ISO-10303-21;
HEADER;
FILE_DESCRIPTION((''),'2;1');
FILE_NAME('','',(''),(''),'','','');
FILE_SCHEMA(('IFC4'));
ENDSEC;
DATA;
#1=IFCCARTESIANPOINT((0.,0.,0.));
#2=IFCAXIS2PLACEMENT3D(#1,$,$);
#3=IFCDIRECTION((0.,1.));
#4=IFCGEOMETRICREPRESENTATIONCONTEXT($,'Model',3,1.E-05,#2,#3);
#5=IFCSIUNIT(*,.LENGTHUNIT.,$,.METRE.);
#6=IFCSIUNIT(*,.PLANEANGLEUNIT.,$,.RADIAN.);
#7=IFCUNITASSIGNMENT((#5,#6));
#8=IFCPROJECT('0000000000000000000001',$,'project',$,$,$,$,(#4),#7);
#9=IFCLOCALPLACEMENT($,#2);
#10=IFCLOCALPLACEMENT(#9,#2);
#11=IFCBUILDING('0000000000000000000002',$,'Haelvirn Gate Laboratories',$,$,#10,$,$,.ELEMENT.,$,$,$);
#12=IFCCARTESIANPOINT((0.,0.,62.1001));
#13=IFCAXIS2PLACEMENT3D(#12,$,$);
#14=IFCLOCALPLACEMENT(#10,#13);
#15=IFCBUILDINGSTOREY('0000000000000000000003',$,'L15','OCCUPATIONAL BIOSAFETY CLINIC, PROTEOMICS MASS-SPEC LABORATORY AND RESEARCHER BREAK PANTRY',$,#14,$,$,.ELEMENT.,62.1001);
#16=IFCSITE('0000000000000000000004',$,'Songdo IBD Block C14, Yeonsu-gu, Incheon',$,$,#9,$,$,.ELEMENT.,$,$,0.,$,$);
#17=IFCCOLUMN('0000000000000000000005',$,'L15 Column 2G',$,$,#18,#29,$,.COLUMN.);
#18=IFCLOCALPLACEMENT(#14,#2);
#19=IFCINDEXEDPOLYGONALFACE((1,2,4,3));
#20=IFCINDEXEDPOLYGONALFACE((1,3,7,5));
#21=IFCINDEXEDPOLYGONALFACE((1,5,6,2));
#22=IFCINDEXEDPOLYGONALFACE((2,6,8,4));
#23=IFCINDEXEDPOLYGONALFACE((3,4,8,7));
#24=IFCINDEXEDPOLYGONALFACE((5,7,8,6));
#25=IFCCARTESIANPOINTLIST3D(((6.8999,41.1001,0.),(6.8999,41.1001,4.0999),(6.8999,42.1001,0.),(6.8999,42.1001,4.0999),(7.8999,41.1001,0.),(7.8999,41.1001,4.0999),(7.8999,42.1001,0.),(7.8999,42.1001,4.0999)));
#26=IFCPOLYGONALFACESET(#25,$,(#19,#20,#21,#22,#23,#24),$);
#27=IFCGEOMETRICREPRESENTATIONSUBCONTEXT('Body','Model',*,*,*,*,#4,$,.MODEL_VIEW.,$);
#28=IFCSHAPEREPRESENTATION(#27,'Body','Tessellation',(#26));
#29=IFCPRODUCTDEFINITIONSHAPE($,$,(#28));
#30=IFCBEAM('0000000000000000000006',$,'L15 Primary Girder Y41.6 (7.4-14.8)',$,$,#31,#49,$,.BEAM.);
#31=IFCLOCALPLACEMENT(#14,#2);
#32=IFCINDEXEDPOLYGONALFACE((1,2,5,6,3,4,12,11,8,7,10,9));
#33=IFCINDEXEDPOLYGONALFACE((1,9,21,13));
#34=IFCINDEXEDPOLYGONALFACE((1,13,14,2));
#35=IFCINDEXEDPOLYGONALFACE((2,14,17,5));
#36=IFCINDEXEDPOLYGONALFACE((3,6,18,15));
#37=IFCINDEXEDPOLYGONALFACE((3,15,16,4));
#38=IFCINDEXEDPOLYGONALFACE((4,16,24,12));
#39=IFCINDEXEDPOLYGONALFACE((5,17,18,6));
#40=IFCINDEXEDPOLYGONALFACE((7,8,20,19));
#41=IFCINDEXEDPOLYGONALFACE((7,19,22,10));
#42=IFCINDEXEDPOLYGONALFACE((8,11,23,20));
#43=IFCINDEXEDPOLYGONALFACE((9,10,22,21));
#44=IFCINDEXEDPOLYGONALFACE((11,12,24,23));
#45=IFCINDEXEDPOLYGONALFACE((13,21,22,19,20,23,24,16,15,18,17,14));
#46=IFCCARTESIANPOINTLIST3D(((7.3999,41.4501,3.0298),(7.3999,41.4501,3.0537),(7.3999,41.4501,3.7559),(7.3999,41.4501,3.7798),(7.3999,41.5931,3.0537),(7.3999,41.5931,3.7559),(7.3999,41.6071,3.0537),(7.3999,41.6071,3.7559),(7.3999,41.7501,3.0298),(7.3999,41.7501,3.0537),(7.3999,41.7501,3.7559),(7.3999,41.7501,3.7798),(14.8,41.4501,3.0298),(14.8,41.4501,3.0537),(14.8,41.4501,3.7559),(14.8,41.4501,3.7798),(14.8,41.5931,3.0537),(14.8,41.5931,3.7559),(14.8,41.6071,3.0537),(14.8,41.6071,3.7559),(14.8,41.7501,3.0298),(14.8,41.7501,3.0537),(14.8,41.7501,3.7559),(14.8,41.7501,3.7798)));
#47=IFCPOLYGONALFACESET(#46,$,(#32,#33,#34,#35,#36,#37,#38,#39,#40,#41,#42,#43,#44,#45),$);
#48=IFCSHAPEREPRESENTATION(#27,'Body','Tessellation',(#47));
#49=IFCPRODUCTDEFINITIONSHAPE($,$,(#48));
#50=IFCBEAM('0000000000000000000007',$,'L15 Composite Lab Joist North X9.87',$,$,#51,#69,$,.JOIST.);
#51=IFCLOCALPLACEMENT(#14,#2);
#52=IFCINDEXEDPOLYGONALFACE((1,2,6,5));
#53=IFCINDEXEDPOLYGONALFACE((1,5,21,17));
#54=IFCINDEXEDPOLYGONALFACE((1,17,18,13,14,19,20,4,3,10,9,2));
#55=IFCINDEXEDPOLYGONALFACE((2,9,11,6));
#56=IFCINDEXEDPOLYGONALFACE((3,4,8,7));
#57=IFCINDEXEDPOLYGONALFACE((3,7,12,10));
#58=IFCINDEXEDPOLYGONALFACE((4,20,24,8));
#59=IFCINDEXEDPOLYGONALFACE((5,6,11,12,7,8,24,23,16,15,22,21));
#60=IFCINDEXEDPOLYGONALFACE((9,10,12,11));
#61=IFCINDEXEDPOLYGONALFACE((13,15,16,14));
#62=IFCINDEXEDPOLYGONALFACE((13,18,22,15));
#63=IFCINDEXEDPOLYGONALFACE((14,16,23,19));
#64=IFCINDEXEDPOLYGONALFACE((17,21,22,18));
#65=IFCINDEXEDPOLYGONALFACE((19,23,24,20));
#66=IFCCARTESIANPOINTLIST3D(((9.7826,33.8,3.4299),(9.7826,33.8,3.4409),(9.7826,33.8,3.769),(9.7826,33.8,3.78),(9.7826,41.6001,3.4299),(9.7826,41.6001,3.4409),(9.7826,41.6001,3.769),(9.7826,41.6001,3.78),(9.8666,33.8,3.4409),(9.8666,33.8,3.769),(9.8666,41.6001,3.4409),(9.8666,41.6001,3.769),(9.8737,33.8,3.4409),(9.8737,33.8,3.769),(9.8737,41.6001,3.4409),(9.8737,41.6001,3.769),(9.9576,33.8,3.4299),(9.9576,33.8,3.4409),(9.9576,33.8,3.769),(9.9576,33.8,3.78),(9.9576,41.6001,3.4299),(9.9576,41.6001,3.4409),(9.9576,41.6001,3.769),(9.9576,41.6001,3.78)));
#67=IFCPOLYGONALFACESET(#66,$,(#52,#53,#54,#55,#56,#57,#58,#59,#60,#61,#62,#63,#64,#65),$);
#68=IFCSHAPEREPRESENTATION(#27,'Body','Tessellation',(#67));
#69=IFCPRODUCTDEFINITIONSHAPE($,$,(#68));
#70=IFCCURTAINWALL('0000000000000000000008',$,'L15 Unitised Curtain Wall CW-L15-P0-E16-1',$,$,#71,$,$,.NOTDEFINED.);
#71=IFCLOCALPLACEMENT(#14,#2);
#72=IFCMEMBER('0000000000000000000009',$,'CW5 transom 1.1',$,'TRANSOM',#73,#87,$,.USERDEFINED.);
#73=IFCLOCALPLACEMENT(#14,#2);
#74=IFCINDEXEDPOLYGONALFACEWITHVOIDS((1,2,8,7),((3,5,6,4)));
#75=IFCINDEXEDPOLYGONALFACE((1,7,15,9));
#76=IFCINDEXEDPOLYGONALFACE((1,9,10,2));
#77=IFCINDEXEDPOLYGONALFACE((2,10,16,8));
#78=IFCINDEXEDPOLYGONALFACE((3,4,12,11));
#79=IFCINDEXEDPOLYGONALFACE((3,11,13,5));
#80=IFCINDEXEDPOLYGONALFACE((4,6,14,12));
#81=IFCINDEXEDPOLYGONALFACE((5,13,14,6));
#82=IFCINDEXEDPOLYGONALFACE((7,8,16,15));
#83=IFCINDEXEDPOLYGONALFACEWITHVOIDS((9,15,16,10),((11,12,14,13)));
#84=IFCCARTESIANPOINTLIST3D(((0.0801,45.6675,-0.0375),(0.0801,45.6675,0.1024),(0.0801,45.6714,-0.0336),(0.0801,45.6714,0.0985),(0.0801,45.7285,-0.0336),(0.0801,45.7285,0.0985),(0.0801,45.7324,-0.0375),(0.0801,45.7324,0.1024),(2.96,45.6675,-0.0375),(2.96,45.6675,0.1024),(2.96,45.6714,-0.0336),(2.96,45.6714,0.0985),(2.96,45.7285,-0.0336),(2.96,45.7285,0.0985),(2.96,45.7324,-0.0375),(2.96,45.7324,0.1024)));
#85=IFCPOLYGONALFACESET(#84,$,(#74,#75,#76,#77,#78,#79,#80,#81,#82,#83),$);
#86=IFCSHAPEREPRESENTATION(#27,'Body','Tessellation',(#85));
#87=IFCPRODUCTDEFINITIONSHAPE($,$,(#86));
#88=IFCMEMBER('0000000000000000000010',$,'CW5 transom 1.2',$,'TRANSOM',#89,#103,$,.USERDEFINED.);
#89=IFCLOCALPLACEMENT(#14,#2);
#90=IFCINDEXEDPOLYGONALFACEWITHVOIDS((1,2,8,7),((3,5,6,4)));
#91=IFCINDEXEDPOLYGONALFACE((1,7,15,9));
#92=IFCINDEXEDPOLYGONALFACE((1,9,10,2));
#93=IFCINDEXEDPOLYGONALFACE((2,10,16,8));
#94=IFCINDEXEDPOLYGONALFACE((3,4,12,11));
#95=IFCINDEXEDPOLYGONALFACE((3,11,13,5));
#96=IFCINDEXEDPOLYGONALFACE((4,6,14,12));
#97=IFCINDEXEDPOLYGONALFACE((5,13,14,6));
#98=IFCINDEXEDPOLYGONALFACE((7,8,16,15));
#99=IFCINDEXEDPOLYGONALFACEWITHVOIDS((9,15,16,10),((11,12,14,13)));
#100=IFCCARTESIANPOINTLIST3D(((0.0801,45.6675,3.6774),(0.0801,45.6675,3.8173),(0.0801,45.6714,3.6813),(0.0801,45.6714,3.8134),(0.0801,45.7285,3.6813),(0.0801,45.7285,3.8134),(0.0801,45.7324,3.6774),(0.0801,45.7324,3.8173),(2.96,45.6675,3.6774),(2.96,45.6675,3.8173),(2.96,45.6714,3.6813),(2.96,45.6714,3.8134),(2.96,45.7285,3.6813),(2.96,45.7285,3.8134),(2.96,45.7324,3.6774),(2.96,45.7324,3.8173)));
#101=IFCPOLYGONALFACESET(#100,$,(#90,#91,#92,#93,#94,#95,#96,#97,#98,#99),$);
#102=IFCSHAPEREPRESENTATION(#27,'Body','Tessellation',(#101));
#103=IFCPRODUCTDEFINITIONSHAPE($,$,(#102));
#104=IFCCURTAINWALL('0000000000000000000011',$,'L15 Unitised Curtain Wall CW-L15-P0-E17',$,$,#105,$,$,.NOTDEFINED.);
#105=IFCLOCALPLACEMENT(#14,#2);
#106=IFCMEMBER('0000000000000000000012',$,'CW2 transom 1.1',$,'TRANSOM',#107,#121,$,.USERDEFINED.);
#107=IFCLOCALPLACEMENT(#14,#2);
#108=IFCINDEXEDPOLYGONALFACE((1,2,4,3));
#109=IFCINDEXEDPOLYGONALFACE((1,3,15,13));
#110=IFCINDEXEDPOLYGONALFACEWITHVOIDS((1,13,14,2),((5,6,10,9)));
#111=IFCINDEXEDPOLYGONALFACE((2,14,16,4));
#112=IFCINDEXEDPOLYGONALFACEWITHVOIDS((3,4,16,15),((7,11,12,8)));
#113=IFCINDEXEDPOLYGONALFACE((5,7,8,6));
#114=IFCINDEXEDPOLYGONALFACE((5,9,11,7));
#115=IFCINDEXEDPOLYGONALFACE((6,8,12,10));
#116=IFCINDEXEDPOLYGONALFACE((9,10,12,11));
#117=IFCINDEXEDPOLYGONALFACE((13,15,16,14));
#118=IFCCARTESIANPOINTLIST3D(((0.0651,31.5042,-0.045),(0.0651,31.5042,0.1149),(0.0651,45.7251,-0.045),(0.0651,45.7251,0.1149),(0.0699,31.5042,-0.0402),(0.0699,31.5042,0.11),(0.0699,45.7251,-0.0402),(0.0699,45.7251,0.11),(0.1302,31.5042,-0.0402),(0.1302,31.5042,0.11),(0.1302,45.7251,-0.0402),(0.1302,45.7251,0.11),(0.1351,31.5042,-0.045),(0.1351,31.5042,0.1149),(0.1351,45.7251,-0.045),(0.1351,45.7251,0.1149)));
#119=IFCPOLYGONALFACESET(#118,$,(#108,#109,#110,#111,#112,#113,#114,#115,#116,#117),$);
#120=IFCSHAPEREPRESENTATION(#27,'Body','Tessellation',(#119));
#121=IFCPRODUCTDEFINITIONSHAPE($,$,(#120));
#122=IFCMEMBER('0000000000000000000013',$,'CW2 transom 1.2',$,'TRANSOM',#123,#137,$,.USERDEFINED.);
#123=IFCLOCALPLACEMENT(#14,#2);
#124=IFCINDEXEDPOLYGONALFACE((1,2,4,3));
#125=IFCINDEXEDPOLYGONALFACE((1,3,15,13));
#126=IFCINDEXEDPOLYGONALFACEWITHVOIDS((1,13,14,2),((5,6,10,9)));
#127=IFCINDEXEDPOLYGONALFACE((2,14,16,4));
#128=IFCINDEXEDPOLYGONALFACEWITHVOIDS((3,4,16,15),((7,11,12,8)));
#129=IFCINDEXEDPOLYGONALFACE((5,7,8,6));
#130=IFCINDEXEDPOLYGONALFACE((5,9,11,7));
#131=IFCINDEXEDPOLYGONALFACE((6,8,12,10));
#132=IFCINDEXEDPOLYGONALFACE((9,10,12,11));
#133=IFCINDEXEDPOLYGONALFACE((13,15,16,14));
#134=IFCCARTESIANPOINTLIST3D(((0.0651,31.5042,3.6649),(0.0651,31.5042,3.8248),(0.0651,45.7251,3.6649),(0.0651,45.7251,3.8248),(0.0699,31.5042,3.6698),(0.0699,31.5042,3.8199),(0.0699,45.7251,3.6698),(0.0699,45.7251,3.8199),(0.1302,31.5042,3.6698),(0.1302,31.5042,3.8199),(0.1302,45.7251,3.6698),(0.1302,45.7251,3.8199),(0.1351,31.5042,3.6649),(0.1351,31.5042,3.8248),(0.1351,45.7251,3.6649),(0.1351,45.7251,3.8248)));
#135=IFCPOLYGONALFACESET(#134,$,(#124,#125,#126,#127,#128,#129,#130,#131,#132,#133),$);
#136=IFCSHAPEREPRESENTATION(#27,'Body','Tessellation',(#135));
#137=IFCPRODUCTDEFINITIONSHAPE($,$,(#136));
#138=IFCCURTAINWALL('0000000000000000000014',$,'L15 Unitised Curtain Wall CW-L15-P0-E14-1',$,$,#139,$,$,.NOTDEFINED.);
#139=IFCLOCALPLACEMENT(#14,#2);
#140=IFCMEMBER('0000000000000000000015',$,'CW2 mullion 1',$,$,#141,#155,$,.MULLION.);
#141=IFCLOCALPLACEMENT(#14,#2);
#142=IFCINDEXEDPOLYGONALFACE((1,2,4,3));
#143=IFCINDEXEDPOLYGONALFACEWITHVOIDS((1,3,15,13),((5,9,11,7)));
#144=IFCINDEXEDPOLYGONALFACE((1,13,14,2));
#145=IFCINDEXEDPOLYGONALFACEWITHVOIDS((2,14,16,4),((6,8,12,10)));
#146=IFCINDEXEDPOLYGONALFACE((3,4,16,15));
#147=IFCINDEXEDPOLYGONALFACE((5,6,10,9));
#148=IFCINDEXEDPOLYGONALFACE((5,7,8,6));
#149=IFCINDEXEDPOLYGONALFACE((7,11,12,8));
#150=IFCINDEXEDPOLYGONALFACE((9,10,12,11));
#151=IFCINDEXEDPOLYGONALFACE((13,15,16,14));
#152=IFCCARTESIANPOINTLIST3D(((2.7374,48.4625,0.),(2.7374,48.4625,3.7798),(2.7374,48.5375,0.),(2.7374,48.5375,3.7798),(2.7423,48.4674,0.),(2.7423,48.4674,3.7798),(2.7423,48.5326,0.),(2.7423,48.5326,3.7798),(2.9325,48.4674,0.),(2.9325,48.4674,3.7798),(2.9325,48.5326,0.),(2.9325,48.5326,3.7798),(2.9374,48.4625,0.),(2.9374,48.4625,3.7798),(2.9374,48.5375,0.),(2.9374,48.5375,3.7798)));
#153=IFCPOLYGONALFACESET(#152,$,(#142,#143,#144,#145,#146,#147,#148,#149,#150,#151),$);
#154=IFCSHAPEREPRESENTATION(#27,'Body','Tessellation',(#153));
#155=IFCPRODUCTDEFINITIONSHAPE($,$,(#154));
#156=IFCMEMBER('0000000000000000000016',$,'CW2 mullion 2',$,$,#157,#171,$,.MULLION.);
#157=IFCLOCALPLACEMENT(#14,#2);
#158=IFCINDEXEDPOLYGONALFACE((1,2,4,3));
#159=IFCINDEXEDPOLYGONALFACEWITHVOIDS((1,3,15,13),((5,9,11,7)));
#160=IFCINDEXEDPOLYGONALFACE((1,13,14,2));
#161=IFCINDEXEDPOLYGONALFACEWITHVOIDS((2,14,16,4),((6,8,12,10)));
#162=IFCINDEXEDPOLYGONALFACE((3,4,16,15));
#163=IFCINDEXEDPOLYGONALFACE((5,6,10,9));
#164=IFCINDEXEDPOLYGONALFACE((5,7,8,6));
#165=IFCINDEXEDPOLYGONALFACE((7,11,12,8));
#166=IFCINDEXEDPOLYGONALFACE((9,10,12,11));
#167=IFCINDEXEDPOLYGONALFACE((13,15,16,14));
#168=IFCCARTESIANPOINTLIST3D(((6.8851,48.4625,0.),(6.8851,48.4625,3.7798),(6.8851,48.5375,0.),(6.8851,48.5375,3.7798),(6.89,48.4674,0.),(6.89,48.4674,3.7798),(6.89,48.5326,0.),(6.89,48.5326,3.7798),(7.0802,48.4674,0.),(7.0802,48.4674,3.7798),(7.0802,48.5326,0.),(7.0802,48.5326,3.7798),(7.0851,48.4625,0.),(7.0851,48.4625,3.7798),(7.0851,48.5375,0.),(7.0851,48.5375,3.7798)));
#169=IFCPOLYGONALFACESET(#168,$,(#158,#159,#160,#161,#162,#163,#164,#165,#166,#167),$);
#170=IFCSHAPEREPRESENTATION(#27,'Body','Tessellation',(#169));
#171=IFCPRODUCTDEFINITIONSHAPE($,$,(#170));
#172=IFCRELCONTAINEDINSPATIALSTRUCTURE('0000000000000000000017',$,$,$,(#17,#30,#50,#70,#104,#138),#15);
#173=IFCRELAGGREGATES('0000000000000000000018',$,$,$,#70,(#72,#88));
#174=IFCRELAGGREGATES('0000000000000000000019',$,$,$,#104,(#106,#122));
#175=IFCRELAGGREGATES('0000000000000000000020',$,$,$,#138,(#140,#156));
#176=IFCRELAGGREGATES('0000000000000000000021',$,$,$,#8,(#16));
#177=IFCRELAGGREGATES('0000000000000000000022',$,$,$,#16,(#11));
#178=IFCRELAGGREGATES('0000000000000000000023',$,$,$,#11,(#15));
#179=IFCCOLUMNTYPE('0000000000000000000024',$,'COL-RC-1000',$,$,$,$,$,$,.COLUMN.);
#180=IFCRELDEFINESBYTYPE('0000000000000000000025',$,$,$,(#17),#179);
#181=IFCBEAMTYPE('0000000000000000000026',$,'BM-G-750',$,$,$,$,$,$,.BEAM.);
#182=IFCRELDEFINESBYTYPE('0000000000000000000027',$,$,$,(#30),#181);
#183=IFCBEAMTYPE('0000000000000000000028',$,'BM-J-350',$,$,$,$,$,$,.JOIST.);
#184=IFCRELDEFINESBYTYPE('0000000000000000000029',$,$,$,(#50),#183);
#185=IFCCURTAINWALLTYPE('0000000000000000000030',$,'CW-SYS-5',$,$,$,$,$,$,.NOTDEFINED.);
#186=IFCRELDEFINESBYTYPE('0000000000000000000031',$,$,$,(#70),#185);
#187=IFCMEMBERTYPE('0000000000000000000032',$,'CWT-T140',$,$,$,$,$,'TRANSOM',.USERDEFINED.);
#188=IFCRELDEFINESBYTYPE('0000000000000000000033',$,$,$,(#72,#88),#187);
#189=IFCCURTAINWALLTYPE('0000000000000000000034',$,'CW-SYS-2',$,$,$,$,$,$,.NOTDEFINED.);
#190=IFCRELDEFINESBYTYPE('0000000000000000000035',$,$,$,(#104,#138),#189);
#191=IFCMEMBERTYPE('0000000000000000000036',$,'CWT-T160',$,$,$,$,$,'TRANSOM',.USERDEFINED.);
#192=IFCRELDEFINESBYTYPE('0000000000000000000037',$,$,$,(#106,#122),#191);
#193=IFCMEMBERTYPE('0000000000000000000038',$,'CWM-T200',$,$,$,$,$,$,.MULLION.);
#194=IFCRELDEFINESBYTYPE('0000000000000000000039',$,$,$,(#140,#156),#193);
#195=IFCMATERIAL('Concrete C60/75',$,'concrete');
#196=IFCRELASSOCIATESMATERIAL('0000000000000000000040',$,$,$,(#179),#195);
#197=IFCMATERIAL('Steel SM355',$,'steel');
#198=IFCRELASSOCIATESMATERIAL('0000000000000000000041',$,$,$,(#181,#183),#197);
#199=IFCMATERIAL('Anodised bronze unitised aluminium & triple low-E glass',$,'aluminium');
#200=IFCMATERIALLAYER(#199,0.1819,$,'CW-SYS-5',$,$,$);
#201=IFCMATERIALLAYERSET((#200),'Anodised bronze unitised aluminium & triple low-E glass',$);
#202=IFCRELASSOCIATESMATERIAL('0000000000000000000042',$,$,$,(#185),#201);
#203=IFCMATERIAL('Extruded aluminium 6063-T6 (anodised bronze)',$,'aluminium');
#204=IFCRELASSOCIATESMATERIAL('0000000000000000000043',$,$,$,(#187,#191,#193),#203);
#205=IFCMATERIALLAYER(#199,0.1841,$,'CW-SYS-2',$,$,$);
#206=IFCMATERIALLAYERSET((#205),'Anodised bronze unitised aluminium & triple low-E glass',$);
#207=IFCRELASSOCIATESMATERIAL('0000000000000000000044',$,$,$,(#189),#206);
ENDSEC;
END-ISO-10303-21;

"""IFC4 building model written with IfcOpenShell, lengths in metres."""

from ifc_helpers import new_model, si_unit, direction, frame, origin, origin_2d, place, context, subcontext, project, spatial, rectangle, hollow_rectangle, i_section, extrude, source, transform, mapped, material, layer, layer_set, material_profile, profile_set, type_object, type_shapes, element, aggregate, save


model = new_model("IFC4")

# Units and contexts
model_context = context("Model", 3, precision=1e-05, world=origin(), true_north=direction((0.0, 1.0)))
body_context = subcontext(model_context, "Body", "Model", "MODEL_VIEW")
ifc_project = project(units=[si_unit("LENGTHUNIT", "METRE"), si_unit("PLANEANGLEUNIT", "RADIAN")], contexts=[model_context])

# Site, building, storey
site_placement = place(None, origin())
site = spatial("IfcSite", under=ifc_project, at=site_placement, Name="Songdo IBD Block C14, Yeonsu-gu, Incheon", CompositionType="ELEMENT", RefElevation=0.0)
building_placement = place(site_placement, origin())
building = spatial("IfcBuilding", under=site, at=building_placement, Name="Haelvirn Gate Laboratories", CompositionType="ELEMENT")
storey_placement = place(building_placement, frame((0.0, 0.0, 62.1001)))
storey = spatial("IfcBuildingStorey", under=building, at=storey_placement, Name="L15", Description="OCCUPATIONAL BIOSAFETY CLINIC, PROTEOMICS MASS-SPEC LABORATORY AND RESEARCHER BREAK PANTRY", CompositionType="ELEMENT", Elevation=62.1001)

# Column
ifc_material_1 = material(Name="Concrete C60/75", Category="concrete")
ifc_material_profile_1 = material_profile(ifc_material_1, rectangle(XDim=1.0, YDim=1.0, at=origin_2d()), Name="RC-1000x1000")
ifc_profile_set_1 = profile_set([ifc_material_profile_1], Name="Concrete C60/75")
column_type = type_object("IfcColumnType", Name="COL-RC-1000", PredefinedType="COLUMN", material=ifc_profile_set_1)
shared_shape_1 = source(origin(), body_context, "Body", "SweptSolid", [
    extrude(rectangle(XDim=1.0, YDim=1.0, at=origin_2d()), origin(), (0.0, 0.0, 1.0), 4.0999),
])
type_shapes(column_type, [shared_shape_1])
column_placement = place(storey_placement, frame((7.3999, 41.6001, 0.0), z_axis=(0.0, 0.0, 1.0), x_axis=(1.0, 0.0, 0.0)))
element("IfcColumn", 1, at=column_placement, inside=storey, type_object=column_type, Name="L15 Column 2G", PredefinedType="COLUMN", context=body_context, shape_type="MappedRepresentation", body=[
    mapped(shared_shape_1, transform((0.0, 0.0, 0.0), scale=1.0)),
])

# Beams
ifc_material_2 = material(Name="Steel SM355", Category="steel")
ifc_material_profile_2 = material_profile(ifc_material_2, i_section(OverallWidth=0.3, OverallDepth=0.75, WebThickness=0.0139, FlangeThickness=0.0239, at=origin_2d()), Name="H-750x300x14x24")
ifc_profile_set_2 = profile_set([ifc_material_profile_2], Name="Steel SM355")
beam_type_1 = type_object("IfcBeamType", Name="BM-G-750", PredefinedType="BEAM", material=ifc_profile_set_2)
shared_shape_2 = source(origin(), body_context, "Body", "SweptSolid", [
    extrude(i_section(OverallWidth=0.3, OverallDepth=0.75, WebThickness=0.0139, FlangeThickness=0.0239, at=origin_2d()), origin(), (0.0, 0.0, 1.0), 7.4001),
])
type_shapes(beam_type_1, [shared_shape_2])
beam_1_placement = place(storey_placement, frame((7.3999, 41.6001, 3.4048), z_axis=(1.0, 0.0, 0.0), x_axis=(0.0, 1.0, 0.0)))
element("IfcBeam", 2, at=beam_1_placement, inside=storey, type_object=beam_type_1, Name="L15 Primary Girder Y41.6 (7.4-14.8)", PredefinedType="BEAM", context=body_context, shape_type="MappedRepresentation", body=[
    mapped(shared_shape_2, transform((0.0, 0.0, 0.0), scale=1.0)),
])
ifc_material_profile_3 = material_profile(ifc_material_2, i_section(OverallWidth=0.175, OverallDepth=0.3501, WebThickness=0.0071, FlangeThickness=0.011, at=origin_2d()), Name="H-350x175x7x11")
ifc_profile_set_3 = profile_set([ifc_material_profile_3], Name="Steel SM355")
beam_type_2 = type_object("IfcBeamType", Name="BM-J-350", PredefinedType="JOIST", material=ifc_profile_set_3)
shared_shape_3 = source(origin(), body_context, "Body", "SweptSolid", [
    extrude(i_section(OverallWidth=0.175, OverallDepth=0.3501, WebThickness=0.0071, FlangeThickness=0.011, at=origin_2d()), origin(), (0.0, 0.0, 1.0), 7.8),
])
type_shapes(beam_type_2, [shared_shape_3])
beam_2_placement = place(storey_placement, frame((9.8701, 33.8, 3.605), z_axis=(0.0, 1.0, 0.0), x_axis=(-1.0, 0.0, 0.0)))
element("IfcBeam", 3, at=beam_2_placement, inside=storey, type_object=beam_type_2, Name="L15 Composite Lab Joist North X9.87", PredefinedType="JOIST", context=body_context, shape_type="MappedRepresentation", body=[
    mapped(shared_shape_3, transform((0.0, 0.0, 0.0), scale=1.0)),
])

# Curtain walls, members
ifc_material_3 = material(Name="Anodised bronze unitised aluminium & triple low-E glass", Category="aluminium")
ifc_layer_1 = layer(ifc_material_3, 0.1819, Name="CW-SYS-5")
ifc_layer_set_1 = layer_set([ifc_layer_1], Name="Anodised bronze unitised aluminium & triple low-E glass")
curtain_wall_type_1 = type_object("IfcCurtainWallType", Name="CW-SYS-5", PredefinedType="NOTDEFINED", material=ifc_layer_set_1)
curtain_wall_1_placement = place(storey_placement, origin())
curtain_wall_1 = element("IfcCurtainWall", 4, at=curtain_wall_1_placement, inside=storey, type_object=curtain_wall_type_1, Name="L15 Unitised Curtain Wall CW-L15-P0-E16-1", PredefinedType="NOTDEFINED")
ifc_material_4 = material(Name="Extruded aluminium 6063-T6 (anodised bronze)", Category="aluminium")
ifc_material_profile_4 = material_profile(ifc_material_4, hollow_rectangle(XDim=0.0649, YDim=0.1399, WallThickness=0.0039, at=origin_2d()), Name="CWT-140x65x4")
ifc_profile_set_4 = profile_set([ifc_material_profile_4], Name="Extruded aluminium 6063-T6 (anodised bronze)")
member_type_1 = type_object("IfcMemberType", Name="CWT-T140", ElementType="TRANSOM", PredefinedType="USERDEFINED", material=ifc_profile_set_4)
shared_shape_4 = source(origin(), body_context, "Body", "SweptSolid", [
    extrude(hollow_rectangle(XDim=0.0649, YDim=0.1399, WallThickness=0.0039, at=origin_2d()), origin(), (0.0, 0.0, 1.0), 2.8799),
])
type_shapes(member_type_1, [shared_shape_4])
member_1_placement = place(storey_placement, frame((0.0801, 45.7, 0.0325), z_axis=(1.0, 0.0, 0.0), x_axis=(0.0, 1.0, 0.0)))
member_1 = element("IfcMember", 5, at=member_1_placement, type_object=member_type_1, Name="CW5 transom 1.1", ObjectType="TRANSOM", PredefinedType="USERDEFINED", context=body_context, shape_type="MappedRepresentation", body=[
    mapped(shared_shape_4, transform((0.0, 0.0, 0.0), scale=1.0)),
])
member_2_placement = place(storey_placement, frame((0.0801, 45.7, 3.7473), z_axis=(1.0, 0.0, 0.0), x_axis=(0.0, 1.0, 0.0)))
member_2 = element("IfcMember", 6, at=member_2_placement, type_object=member_type_1, Name="CW5 transom 1.2", ObjectType="TRANSOM", PredefinedType="USERDEFINED", context=body_context, shape_type="MappedRepresentation", body=[
    mapped(shared_shape_4, transform((0.0, 0.0, 0.0), scale=1.0)),
])
ifc_layer_2 = layer(ifc_material_3, 0.1841, Name="CW-SYS-2")
ifc_layer_set_2 = layer_set([ifc_layer_2], Name="Anodised bronze unitised aluminium & triple low-E glass")
curtain_wall_type_2 = type_object("IfcCurtainWallType", Name="CW-SYS-2", PredefinedType="NOTDEFINED", material=ifc_layer_set_2)
curtain_wall_2_placement = place(storey_placement, origin())
curtain_wall_2 = element("IfcCurtainWall", 7, at=curtain_wall_2_placement, inside=storey, type_object=curtain_wall_type_2, Name="L15 Unitised Curtain Wall CW-L15-P0-E17", PredefinedType="NOTDEFINED")
ifc_material_profile_5 = material_profile(ifc_material_4, hollow_rectangle(XDim=0.0701, YDim=0.1599, WallThickness=0.0049, at=origin_2d()), Name="CWT-160x70x5")
ifc_profile_set_5 = profile_set([ifc_material_profile_5], Name="Extruded aluminium 6063-T6 (anodised bronze)")
member_type_2 = type_object("IfcMemberType", Name="CWT-T160", ElementType="TRANSOM", PredefinedType="USERDEFINED", material=ifc_profile_set_5)
shared_shape_5 = source(origin(), body_context, "Body", "SweptSolid", [
    extrude(hollow_rectangle(XDim=0.0701, YDim=0.1599, WallThickness=0.0049, at=origin_2d()), origin(), (0.0, 0.0, 1.0), 14.2209),
])
member_3_placement = place(storey_placement, frame((0.1001, 45.7251, 0.0349), z_axis=(0.0, -1.0, 0.0), x_axis=(1.0, 0.0, 0.0)))
member_3 = element("IfcMember", 8, at=member_3_placement, type_object=member_type_2, Name="CW2 transom 1.1", ObjectType="TRANSOM", PredefinedType="USERDEFINED", context=body_context, shape_type="MappedRepresentation", body=[
    mapped(shared_shape_5, transform((0.0, 0.0, 0.0), scale=1.0)),
])
member_4_placement = place(storey_placement, frame((0.1001, 45.7251, 3.7449), z_axis=(0.0, -1.0, 0.0), x_axis=(1.0, 0.0, 0.0)))
member_4 = element("IfcMember", 9, at=member_4_placement, type_object=member_type_2, Name="CW2 transom 1.2", ObjectType="TRANSOM", PredefinedType="USERDEFINED", context=body_context, shape_type="MappedRepresentation", body=[
    mapped(shared_shape_5, transform((0.0, 0.0, 0.0), scale=1.0)),
])
curtain_wall_3_placement = place(storey_placement, origin())
curtain_wall_3 = element("IfcCurtainWall", 10, at=curtain_wall_3_placement, inside=storey, type_object=curtain_wall_type_2, Name="L15 Unitised Curtain Wall CW-L15-P0-E14-1", PredefinedType="NOTDEFINED")
ifc_material_profile_6 = material_profile(ifc_material_4, hollow_rectangle(XDim=0.075, YDim=0.2, WallThickness=0.0049, at=origin_2d()), Name="CWM-200x75x5")
ifc_profile_set_6 = profile_set([ifc_material_profile_6], Name="Extruded aluminium 6063-T6 (anodised bronze)")
member_type_3 = type_object("IfcMemberType", Name="CWM-T200", PredefinedType="MULLION", material=ifc_profile_set_6)
shared_shape_6 = source(origin(), body_context, "Body", "SweptSolid", [
    extrude(hollow_rectangle(XDim=0.075, YDim=0.2, WallThickness=0.0049, at=origin_2d()), origin(), (0.0, 0.0, 1.0), 3.7798),
])
type_shapes(member_type_3, [shared_shape_6])
member_5_placement = place(storey_placement, frame((2.8374, 48.5, 0.0), z_axis=(0.0, 0.0, 1.0), x_axis=(0.0, 1.0, 0.0)))
member_5 = element("IfcMember", 11, at=member_5_placement, type_object=member_type_3, Name="CW2 mullion 1", PredefinedType="MULLION", context=body_context, shape_type="MappedRepresentation", body=[
    mapped(shared_shape_6, transform((0.0, 0.0, 0.0), scale=1.0)),
])
member_6_placement = place(storey_placement, frame((6.9851, 48.5, 0.0), z_axis=(0.0, 0.0, 1.0), x_axis=(0.0, 1.0, 0.0)))
member_6 = element("IfcMember", 12, at=member_6_placement, type_object=member_type_3, Name="CW2 mullion 2", PredefinedType="MULLION", context=body_context, shape_type="MappedRepresentation", body=[
    mapped(shared_shape_6, transform((0.0, 0.0, 0.0), scale=1.0)),
])

aggregate(curtain_wall_1, [member_1, member_2])
aggregate(curtain_wall_2, [member_3, member_4])
aggregate(curtain_wall_3, [member_5, member_6])

save(model, "model.ifc")
